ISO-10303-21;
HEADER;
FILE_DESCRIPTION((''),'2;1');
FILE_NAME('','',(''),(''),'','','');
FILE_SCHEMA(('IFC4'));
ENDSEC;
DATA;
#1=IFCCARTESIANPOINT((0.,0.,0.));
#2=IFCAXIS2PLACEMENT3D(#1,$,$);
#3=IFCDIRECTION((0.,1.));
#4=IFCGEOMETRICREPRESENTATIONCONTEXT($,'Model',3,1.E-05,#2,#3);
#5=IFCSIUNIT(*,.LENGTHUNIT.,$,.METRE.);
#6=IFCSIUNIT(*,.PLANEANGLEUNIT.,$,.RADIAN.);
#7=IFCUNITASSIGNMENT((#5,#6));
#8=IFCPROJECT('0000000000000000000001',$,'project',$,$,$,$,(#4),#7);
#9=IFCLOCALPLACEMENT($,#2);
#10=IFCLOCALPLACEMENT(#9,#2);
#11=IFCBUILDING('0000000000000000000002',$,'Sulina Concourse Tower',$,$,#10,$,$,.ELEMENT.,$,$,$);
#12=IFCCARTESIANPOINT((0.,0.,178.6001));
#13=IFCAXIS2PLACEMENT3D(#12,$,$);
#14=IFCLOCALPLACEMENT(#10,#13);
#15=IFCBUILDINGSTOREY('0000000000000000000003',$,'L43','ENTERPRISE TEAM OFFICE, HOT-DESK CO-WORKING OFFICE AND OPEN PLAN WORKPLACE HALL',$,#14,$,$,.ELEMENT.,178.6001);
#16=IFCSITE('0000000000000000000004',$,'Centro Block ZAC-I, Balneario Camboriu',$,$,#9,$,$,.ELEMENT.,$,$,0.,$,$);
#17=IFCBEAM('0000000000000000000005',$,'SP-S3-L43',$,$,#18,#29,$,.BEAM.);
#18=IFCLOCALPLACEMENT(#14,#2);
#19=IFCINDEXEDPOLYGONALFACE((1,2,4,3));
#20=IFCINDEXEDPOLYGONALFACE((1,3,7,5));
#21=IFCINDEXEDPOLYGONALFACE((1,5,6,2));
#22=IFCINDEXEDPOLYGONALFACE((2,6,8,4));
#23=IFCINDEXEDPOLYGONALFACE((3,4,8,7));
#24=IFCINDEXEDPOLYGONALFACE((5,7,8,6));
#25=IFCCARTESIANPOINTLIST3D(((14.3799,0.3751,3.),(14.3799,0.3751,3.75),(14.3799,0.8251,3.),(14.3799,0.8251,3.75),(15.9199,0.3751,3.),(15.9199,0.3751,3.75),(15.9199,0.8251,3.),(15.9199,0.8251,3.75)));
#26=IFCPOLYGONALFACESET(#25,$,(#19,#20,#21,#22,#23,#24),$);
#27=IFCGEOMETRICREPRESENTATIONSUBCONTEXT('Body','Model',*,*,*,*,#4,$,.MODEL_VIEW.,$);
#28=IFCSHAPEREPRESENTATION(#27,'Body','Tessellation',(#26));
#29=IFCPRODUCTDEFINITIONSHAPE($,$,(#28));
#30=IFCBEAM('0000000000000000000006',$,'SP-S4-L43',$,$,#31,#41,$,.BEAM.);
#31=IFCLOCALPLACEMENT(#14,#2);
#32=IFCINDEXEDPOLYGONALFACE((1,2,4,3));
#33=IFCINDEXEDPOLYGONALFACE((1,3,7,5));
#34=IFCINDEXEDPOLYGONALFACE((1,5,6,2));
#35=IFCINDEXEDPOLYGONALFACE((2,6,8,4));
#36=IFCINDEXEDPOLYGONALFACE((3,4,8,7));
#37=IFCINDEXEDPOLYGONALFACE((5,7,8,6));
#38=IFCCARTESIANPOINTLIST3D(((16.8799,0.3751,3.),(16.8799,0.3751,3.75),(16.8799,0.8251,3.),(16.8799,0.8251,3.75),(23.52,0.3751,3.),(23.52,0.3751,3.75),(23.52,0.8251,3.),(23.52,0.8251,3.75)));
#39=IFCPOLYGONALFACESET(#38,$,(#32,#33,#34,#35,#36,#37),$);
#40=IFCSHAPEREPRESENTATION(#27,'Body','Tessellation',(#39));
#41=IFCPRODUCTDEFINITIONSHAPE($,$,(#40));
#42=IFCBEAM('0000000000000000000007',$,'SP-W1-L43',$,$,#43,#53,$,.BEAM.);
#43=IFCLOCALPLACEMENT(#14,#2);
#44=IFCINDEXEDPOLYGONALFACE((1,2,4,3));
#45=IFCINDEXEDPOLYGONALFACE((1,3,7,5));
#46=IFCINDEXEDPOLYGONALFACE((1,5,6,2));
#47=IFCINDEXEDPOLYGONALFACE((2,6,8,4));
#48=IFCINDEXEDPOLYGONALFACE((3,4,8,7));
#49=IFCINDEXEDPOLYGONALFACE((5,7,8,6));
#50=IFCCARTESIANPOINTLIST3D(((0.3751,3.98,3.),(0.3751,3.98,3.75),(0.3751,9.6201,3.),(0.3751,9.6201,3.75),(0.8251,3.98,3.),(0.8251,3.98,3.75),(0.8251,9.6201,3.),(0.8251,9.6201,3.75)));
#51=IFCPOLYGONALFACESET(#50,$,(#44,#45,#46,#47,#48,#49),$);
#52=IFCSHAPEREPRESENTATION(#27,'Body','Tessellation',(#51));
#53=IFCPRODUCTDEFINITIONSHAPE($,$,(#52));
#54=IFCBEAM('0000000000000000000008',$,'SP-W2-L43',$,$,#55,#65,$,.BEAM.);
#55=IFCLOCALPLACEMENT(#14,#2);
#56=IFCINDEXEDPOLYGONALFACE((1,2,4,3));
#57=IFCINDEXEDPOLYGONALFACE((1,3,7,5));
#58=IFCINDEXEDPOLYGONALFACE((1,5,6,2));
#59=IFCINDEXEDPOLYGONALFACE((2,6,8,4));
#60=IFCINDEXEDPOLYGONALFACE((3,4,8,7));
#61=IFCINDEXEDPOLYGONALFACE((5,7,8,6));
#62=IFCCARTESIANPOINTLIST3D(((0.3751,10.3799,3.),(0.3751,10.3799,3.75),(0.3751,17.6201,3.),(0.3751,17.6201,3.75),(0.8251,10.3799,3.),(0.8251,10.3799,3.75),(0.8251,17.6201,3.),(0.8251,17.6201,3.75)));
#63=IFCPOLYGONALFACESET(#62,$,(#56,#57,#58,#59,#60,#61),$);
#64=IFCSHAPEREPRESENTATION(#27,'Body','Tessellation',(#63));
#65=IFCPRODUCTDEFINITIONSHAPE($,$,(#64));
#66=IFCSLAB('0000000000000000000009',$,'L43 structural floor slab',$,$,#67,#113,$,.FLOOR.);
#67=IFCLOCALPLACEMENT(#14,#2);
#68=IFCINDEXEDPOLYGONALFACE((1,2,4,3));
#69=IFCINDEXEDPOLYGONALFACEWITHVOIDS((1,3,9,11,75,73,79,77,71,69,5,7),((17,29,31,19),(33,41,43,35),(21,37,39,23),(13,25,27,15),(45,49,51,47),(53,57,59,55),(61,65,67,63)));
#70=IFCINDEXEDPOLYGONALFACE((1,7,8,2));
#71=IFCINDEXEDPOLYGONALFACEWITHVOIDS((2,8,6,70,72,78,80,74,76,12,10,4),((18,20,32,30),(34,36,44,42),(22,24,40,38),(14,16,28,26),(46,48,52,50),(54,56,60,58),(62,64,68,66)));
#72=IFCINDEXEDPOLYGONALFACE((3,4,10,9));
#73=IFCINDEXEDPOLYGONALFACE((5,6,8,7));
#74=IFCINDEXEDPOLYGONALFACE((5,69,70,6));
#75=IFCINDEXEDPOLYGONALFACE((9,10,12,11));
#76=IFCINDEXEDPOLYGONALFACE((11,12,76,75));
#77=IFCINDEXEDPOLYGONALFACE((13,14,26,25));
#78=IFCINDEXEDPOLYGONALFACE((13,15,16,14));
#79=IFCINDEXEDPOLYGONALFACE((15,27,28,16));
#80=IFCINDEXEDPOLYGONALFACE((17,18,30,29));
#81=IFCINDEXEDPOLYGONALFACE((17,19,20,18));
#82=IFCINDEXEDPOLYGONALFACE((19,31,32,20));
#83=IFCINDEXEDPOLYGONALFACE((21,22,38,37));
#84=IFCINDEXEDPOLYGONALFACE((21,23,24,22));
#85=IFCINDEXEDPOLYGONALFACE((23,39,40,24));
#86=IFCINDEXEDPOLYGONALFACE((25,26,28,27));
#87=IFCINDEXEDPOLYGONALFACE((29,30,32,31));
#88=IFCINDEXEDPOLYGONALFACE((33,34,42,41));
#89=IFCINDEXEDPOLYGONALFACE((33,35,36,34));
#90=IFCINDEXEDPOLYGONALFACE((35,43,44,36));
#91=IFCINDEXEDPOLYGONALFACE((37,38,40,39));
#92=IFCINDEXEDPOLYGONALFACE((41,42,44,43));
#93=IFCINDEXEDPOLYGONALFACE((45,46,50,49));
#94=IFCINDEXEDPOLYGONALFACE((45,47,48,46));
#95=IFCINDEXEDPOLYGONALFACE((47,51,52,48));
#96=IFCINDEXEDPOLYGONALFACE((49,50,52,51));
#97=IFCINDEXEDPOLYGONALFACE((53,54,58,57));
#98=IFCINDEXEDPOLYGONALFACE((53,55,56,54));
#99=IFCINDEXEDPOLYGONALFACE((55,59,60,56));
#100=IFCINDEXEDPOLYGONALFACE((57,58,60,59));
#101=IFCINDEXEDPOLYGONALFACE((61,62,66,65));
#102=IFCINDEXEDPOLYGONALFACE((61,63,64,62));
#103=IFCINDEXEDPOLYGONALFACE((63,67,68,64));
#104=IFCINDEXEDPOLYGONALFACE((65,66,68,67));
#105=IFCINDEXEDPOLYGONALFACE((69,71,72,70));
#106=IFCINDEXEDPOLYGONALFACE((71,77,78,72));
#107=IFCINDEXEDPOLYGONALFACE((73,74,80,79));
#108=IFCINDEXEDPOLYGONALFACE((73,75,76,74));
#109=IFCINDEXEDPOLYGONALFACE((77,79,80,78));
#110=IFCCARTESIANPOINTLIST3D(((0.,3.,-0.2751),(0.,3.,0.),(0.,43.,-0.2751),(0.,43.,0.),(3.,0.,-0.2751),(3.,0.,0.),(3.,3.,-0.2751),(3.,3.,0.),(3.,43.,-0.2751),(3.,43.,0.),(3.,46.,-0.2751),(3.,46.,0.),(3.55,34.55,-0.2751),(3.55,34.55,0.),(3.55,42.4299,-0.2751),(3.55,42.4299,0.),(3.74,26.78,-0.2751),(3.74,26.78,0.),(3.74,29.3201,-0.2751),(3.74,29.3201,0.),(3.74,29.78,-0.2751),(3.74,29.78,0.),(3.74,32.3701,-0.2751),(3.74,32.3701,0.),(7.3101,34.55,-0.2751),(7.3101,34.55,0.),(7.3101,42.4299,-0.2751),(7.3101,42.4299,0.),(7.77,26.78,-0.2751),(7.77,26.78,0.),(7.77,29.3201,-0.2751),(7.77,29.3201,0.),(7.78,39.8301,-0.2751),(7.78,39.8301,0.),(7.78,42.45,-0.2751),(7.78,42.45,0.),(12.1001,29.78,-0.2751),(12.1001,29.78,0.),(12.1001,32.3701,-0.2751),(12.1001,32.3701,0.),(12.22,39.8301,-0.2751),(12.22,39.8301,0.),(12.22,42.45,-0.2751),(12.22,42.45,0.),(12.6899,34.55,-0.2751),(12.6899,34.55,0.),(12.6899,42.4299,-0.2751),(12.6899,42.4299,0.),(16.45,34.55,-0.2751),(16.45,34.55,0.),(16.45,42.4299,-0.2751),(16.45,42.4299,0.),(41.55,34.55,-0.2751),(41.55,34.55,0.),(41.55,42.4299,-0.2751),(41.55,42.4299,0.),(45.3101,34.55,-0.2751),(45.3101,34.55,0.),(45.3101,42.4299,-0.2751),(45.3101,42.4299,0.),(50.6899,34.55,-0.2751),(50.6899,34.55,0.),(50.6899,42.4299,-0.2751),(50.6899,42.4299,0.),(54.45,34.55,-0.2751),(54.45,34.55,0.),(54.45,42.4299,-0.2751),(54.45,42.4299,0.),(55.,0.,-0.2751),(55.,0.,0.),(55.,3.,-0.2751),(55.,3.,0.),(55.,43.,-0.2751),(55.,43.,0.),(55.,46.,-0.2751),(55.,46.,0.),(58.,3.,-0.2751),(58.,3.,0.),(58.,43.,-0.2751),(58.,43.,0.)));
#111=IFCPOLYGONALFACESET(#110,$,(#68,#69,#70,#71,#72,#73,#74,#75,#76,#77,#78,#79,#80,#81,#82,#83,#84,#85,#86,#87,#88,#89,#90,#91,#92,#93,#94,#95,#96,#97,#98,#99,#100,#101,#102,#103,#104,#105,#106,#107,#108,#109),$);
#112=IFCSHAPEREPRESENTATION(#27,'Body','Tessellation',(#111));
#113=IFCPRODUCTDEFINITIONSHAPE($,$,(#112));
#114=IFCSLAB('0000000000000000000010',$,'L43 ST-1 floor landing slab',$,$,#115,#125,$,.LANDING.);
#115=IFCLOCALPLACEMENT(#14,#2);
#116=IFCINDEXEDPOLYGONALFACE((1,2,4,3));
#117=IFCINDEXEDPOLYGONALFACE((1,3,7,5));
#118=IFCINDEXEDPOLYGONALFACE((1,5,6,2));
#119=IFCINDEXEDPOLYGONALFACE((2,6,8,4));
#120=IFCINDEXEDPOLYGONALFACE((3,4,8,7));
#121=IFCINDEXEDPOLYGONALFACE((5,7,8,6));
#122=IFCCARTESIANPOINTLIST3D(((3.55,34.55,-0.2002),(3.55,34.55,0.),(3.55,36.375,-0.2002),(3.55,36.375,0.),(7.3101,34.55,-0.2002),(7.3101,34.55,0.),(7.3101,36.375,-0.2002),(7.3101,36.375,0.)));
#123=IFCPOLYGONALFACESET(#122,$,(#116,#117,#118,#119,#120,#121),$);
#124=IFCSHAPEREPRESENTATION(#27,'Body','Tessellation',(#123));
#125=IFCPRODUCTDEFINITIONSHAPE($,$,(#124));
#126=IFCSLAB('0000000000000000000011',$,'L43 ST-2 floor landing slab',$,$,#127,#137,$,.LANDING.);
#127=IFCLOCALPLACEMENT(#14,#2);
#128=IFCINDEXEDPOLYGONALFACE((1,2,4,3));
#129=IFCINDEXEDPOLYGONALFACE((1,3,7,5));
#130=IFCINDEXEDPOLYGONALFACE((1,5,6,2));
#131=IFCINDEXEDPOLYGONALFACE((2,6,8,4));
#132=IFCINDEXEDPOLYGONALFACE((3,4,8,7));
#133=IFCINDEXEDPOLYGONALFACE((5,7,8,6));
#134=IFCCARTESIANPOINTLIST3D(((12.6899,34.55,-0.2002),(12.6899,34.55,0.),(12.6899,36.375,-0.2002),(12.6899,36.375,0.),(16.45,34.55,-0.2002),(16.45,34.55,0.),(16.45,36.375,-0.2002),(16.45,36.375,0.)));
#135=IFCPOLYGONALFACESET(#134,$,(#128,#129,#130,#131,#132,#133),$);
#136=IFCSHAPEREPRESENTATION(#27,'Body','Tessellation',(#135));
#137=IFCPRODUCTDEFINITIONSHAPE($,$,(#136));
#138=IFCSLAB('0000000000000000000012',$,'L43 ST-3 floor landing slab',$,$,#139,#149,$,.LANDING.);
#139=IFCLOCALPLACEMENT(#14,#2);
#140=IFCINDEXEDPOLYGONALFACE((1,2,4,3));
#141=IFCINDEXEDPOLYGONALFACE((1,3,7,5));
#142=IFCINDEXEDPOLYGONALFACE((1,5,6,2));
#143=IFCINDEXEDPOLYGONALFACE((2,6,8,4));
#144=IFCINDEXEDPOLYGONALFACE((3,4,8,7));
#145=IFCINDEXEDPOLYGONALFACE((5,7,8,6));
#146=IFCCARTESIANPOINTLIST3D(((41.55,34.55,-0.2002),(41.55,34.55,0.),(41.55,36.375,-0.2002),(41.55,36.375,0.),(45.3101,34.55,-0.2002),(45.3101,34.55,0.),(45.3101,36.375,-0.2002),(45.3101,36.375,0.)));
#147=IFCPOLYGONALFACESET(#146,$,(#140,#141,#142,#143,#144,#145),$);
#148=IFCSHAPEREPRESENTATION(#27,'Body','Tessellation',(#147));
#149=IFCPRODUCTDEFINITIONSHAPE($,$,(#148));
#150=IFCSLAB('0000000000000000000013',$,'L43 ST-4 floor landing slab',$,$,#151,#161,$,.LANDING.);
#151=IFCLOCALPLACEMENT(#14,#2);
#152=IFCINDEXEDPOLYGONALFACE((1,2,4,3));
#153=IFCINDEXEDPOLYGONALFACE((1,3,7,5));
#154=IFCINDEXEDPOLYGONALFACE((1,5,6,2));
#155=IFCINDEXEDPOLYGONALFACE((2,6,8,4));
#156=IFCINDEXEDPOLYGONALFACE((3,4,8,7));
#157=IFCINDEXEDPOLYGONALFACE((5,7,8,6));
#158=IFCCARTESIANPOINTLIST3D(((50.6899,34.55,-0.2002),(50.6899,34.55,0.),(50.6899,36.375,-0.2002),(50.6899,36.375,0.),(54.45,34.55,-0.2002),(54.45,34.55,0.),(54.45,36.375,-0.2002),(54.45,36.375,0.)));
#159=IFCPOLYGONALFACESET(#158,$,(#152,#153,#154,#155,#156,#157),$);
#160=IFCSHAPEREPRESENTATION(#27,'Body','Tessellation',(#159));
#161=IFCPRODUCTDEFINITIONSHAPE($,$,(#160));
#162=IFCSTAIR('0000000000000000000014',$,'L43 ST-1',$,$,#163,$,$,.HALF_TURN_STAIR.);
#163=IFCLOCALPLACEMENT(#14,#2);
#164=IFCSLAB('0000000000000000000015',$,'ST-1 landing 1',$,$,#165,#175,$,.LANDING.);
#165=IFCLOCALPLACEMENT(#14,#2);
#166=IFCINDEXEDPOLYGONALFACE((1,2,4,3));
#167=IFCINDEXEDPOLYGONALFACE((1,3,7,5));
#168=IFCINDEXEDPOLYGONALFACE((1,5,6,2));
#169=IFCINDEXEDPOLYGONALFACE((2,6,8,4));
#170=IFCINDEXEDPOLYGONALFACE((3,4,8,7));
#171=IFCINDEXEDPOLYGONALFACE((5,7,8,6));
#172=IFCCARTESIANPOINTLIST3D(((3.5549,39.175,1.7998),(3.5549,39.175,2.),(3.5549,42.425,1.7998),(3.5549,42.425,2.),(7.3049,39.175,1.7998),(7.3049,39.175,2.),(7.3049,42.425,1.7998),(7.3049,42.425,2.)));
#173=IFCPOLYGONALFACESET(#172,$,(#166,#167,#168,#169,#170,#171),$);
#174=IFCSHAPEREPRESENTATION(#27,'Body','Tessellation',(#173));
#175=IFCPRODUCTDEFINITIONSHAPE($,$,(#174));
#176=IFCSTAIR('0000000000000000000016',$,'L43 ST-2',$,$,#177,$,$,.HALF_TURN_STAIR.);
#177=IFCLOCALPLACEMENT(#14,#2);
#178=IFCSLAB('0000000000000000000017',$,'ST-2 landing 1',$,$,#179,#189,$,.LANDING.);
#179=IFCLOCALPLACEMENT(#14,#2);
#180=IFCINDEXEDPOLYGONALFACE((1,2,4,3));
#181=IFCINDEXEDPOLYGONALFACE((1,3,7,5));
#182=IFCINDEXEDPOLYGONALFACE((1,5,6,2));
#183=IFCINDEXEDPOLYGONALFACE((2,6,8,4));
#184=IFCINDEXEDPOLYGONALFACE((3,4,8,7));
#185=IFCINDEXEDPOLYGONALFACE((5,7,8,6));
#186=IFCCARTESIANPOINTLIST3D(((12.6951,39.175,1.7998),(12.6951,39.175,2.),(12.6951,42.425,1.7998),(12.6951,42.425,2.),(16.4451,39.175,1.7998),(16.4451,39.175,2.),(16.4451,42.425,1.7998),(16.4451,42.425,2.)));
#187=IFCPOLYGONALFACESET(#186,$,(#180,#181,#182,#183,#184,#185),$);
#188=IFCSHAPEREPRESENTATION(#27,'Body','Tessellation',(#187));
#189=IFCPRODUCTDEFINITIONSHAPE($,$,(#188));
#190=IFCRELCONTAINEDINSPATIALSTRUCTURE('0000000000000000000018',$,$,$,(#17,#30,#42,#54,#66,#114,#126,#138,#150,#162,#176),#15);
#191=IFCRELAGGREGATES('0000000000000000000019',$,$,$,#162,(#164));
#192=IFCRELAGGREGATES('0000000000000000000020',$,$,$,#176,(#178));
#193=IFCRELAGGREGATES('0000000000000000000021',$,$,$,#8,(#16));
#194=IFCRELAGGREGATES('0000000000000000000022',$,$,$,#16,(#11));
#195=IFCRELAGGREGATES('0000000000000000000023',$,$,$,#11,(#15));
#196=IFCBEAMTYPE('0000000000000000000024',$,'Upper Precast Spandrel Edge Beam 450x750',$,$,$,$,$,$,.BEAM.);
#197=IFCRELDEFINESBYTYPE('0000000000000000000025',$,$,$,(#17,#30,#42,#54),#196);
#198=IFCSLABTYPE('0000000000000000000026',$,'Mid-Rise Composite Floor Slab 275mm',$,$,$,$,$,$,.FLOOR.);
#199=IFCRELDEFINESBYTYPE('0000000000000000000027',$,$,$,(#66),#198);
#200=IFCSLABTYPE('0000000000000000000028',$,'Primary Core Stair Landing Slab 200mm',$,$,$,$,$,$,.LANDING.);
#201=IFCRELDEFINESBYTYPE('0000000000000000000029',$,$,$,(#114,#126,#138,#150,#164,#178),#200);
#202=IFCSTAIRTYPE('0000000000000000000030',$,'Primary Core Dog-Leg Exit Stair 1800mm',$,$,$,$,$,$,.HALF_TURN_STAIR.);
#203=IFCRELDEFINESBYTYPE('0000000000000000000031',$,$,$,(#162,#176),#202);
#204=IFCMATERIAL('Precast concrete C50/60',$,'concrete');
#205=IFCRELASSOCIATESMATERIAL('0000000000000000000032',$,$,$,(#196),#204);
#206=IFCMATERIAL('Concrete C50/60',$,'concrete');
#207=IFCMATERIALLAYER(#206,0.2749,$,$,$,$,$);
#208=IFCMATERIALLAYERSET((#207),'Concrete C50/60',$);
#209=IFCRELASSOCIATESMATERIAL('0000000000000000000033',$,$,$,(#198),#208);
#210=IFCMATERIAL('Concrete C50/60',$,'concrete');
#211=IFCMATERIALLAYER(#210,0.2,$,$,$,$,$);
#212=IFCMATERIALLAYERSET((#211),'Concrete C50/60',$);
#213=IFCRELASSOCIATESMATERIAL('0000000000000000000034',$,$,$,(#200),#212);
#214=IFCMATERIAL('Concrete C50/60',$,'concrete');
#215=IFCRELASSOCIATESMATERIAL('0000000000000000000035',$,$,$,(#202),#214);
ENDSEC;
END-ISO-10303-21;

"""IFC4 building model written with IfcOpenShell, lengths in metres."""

from ifc_helpers import new_model, si_unit, direction, frame, origin, origin_2d, place, context, subcontext, project, spatial, polyline, rectangle, outline, extrude, material, layer, layer_set, material_profile, profile_set, type_object, element, aggregate, save


model = new_model("IFC4")

# Units and contexts
model_context = context("Model", 3, precision=1e-05, world=origin(), true_north=direction((0.0, 1.0)))
body_context = subcontext(model_context, "Body", "Model", "MODEL_VIEW")
ifc_project = project(units=[si_unit("LENGTHUNIT", "METRE"), si_unit("PLANEANGLEUNIT", "RADIAN")], contexts=[model_context])

# Site, building, storey
site_placement = place(None, origin())
site = spatial("IfcSite", under=ifc_project, at=site_placement, Name="Centro Block ZAC-I, Balneario Camboriu", CompositionType="ELEMENT", RefElevation=0.0)
building_placement = place(site_placement, origin())
building = spatial("IfcBuilding", under=site, at=building_placement, Name="Sulina Concourse Tower", CompositionType="ELEMENT")
storey_placement = place(building_placement, frame((0.0, 0.0, 178.6001)))
storey = spatial("IfcBuildingStorey", under=building, at=storey_placement, Name="L43", Description="ENTERPRISE TEAM OFFICE, HOT-DESK CO-WORKING OFFICE AND OPEN PLAN WORKPLACE HALL", CompositionType="ELEMENT", Elevation=178.6001)

# Beams
ifc_material_1 = material(Name="Precast concrete C50/60", Category="concrete")
ifc_material_profile_1 = material_profile(ifc_material_1, rectangle(XDim=0.45, YDim=0.75, at=origin_2d()), Name="RC 450x750")
ifc_profile_set_1 = profile_set([ifc_material_profile_1], Name="Precast concrete C50/60")
beam_type_1 = type_object("IfcBeamType", Name="Upper Precast Spandrel Edge Beam 450x750", PredefinedType="BEAM", material=ifc_profile_set_1)
beam_1_placement = place(storey_placement, frame((14.3799, 0.6001, 3.375), z_axis=(1.0, 0.0, 0.0), x_axis=(0.0, 1.0, 0.0)))
element("IfcBeam", 1, at=beam_1_placement, inside=storey, type_object=beam_type_1, Name="SP-S3-L43", PredefinedType="BEAM", context=body_context, shape_type="SweptSolid", body=[
    extrude(rectangle(XDim=0.45, YDim=0.75, at=origin_2d()), origin(), (0.0, 0.0, 1.0), 1.54),
])
beam_2_placement = place(storey_placement, frame((16.8799, 0.6001, 3.375), z_axis=(1.0, 0.0, 0.0), x_axis=(0.0, 1.0, 0.0)))
element("IfcBeam", 2, at=beam_2_placement, inside=storey, type_object=beam_type_1, Name="SP-S4-L43", PredefinedType="BEAM", context=body_context, shape_type="SweptSolid", body=[
    extrude(rectangle(XDim=0.45, YDim=0.75, at=origin_2d()), origin(), (0.0, 0.0, 1.0), 6.6401),
])
beam_3_placement = place(storey_placement, frame((0.6001, 3.98, 3.375), z_axis=(0.0, 1.0, 0.0), x_axis=(-1.0, 0.0, 0.0)))
element("IfcBeam", 3, at=beam_3_placement, inside=storey, type_object=beam_type_1, Name="SP-W1-L43", PredefinedType="BEAM", context=body_context, shape_type="SweptSolid", body=[
    extrude(rectangle(XDim=0.45, YDim=0.75, at=origin_2d()), origin(), (0.0, 0.0, 1.0), 5.6401),
])
beam_4_placement = place(storey_placement, frame((0.6001, 10.3799, 3.375), z_axis=(0.0, 1.0, 0.0), x_axis=(-1.0, 0.0, 0.0)))
element("IfcBeam", 4, at=beam_4_placement, inside=storey, type_object=beam_type_1, Name="SP-W2-L43", PredefinedType="BEAM", context=body_context, shape_type="SweptSolid", body=[
    extrude(rectangle(XDim=0.45, YDim=0.75, at=origin_2d()), origin(), (0.0, 0.0, 1.0), 7.2402),
])

# Slabs
ifc_material_2 = material(Name="Concrete C50/60", Category="concrete")
ifc_layer_1 = layer(ifc_material_2, 0.2749)
ifc_layer_set_1 = layer_set([ifc_layer_1], Name="Concrete C50/60")
slab_type_1 = type_object("IfcSlabType", Name="Mid-Rise Composite Floor Slab 275mm", PredefinedType="FLOOR", material=ifc_layer_set_1)
slab_1_placement = place(storey_placement, frame((0.0, 0.0, -0.2751)))
element("IfcSlab", 5, at=slab_1_placement, inside=storey, type_object=slab_type_1, Name="L43 structural floor slab", PredefinedType="FLOOR", context=body_context, shape_type="SweptSolid", body=[
    extrude(outline(polyline([(3.0, 0.0), (55.0, 0.0), (55.0, 3.0), (58.0, 3.0), (58.0, 43.0), (55.0, 43.0), (55.0, 46.0), (3.0, 46.0), (3.0, 43.0), (0.0, 43.0), (0.0, 3.0), (3.0, 3.0), (3.0, 0.0)]), holes=[polyline([(7.3101, 34.55), (7.3101, 42.4299), (3.55, 42.4299), (3.55, 34.55), (7.3101, 34.55)]), polyline([(16.45, 34.55), (16.45, 42.4299), (12.6899, 42.4299), (12.6899, 34.55), (16.45, 34.55)]), polyline([(45.3101, 34.55), (45.3101, 42.4299), (41.55, 42.4299), (41.55, 34.55), (45.3101, 34.55)]), polyline([(54.45, 34.55), (54.45, 42.4299), (50.6899, 42.4299), (50.6899, 34.55), (54.45, 34.55)]), polyline([(7.78, 39.8301), (12.22, 39.8301), (12.22, 42.45), (7.78, 42.45), (7.78, 39.8301)]), polyline([(3.74, 26.78), (7.77, 26.78), (7.77, 29.3201), (3.74, 29.3201), (3.74, 26.78)]), polyline([(3.74, 29.78), (12.1001, 29.78), (12.1001, 32.3701), (3.74, 32.3701), (3.74, 29.78)])]), origin(), (0.0, 0.0, 1.0), 0.2751),
])
ifc_material_3 = material(Name="Concrete C50/60", Category="concrete")
ifc_layer_2 = layer(ifc_material_3, 0.2)
ifc_layer_set_2 = layer_set([ifc_layer_2], Name="Concrete C50/60")
slab_type_2 = type_object("IfcSlabType", Name="Primary Core Stair Landing Slab 200mm", PredefinedType="LANDING", material=ifc_layer_set_2)
slab_2_placement = place(storey_placement, frame((0.0, 0.0, -0.2002)))
element("IfcSlab", 6, at=slab_2_placement, inside=storey, type_object=slab_type_2, Name="L43 ST-1 floor landing slab", PredefinedType="LANDING", context=body_context, shape_type="SweptSolid", body=[
    extrude(outline(polyline([(7.3101, 34.55), (7.3101, 36.375), (3.55, 36.375), (3.55, 34.55), (7.3101, 34.55)])), origin(), (0.0, 0.0, 1.0), 0.2002),
])
slab_3_placement = place(storey_placement, frame((0.0, 0.0, -0.2002)))
element("IfcSlab", 7, at=slab_3_placement, inside=storey, type_object=slab_type_2, Name="L43 ST-2 floor landing slab", PredefinedType="LANDING", context=body_context, shape_type="SweptSolid", body=[
    extrude(outline(polyline([(16.45, 34.55), (16.45, 36.375), (12.6899, 36.375), (12.6899, 34.55), (16.45, 34.55)])), origin(), (0.0, 0.0, 1.0), 0.2002),
])
slab_4_placement = place(storey_placement, frame((0.0, 0.0, -0.2002)))
element("IfcSlab", 8, at=slab_4_placement, inside=storey, type_object=slab_type_2, Name="L43 ST-3 floor landing slab", PredefinedType="LANDING", context=body_context, shape_type="SweptSolid", body=[
    extrude(outline(polyline([(45.3101, 34.55), (45.3101, 36.375), (41.55, 36.375), (41.55, 34.55), (45.3101, 34.55)])), origin(), (0.0, 0.0, 1.0), 0.2002),
])
slab_5_placement = place(storey_placement, frame((0.0, 0.0, -0.2002)))
element("IfcSlab", 9, at=slab_5_placement, inside=storey, type_object=slab_type_2, Name="L43 ST-4 floor landing slab", PredefinedType="LANDING", context=body_context, shape_type="SweptSolid", body=[
    extrude(outline(polyline([(54.45, 34.55), (54.45, 36.375), (50.6899, 36.375), (50.6899, 34.55), (54.45, 34.55)])), origin(), (0.0, 0.0, 1.0), 0.2002),
])

# Stairs, slabs
ifc_material_4 = material(Name="Concrete C50/60", Category="concrete")
stair_type_1 = type_object("IfcStairType", Name="Primary Core Dog-Leg Exit Stair 1800mm", PredefinedType="HALF_TURN_STAIR", material=ifc_material_4)
stair_1_placement = place(storey_placement, origin())
stair_1 = element("IfcStair", 10, at=stair_1_placement, inside=storey, type_object=stair_type_1, Name="L43 ST-1", PredefinedType="HALF_TURN_STAIR")
slab_6_placement = place(storey_placement, frame((0.0, 0.0, 1.7998)))
slab_6 = element("IfcSlab", 11, at=slab_6_placement, type_object=slab_type_2, Name="ST-1 landing 1", PredefinedType="LANDING", context=body_context, shape_type="SweptSolid", body=[
    extrude(outline(polyline([(7.3049, 39.175), (7.3049, 42.425), (3.5549, 42.425), (3.5549, 39.175), (7.3049, 39.175)])), origin(), (0.0, 0.0, 1.0), 0.2002),
])
aggregate(stair_1, [slab_6])
stair_2_placement = place(storey_placement, origin())
stair_2 = element("IfcStair", 12, at=stair_2_placement, inside=storey, type_object=stair_type_1, Name="L43 ST-2", PredefinedType="HALF_TURN_STAIR")
slab_7_placement = place(storey_placement, frame((0.0, 0.0, 1.7998)))
slab_7 = element("IfcSlab", 13, at=slab_7_placement, type_object=slab_type_2, Name="ST-2 landing 1", PredefinedType="LANDING", context=body_context, shape_type="SweptSolid", body=[
    extrude(outline(polyline([(16.4451, 39.175), (16.4451, 42.425), (12.6951, 42.425), (12.6951, 39.175), (16.4451, 39.175)])), origin(), (0.0, 0.0, 1.0), 0.2002),
])
aggregate(stair_2, [slab_7])

save(model, "model.ifc")
